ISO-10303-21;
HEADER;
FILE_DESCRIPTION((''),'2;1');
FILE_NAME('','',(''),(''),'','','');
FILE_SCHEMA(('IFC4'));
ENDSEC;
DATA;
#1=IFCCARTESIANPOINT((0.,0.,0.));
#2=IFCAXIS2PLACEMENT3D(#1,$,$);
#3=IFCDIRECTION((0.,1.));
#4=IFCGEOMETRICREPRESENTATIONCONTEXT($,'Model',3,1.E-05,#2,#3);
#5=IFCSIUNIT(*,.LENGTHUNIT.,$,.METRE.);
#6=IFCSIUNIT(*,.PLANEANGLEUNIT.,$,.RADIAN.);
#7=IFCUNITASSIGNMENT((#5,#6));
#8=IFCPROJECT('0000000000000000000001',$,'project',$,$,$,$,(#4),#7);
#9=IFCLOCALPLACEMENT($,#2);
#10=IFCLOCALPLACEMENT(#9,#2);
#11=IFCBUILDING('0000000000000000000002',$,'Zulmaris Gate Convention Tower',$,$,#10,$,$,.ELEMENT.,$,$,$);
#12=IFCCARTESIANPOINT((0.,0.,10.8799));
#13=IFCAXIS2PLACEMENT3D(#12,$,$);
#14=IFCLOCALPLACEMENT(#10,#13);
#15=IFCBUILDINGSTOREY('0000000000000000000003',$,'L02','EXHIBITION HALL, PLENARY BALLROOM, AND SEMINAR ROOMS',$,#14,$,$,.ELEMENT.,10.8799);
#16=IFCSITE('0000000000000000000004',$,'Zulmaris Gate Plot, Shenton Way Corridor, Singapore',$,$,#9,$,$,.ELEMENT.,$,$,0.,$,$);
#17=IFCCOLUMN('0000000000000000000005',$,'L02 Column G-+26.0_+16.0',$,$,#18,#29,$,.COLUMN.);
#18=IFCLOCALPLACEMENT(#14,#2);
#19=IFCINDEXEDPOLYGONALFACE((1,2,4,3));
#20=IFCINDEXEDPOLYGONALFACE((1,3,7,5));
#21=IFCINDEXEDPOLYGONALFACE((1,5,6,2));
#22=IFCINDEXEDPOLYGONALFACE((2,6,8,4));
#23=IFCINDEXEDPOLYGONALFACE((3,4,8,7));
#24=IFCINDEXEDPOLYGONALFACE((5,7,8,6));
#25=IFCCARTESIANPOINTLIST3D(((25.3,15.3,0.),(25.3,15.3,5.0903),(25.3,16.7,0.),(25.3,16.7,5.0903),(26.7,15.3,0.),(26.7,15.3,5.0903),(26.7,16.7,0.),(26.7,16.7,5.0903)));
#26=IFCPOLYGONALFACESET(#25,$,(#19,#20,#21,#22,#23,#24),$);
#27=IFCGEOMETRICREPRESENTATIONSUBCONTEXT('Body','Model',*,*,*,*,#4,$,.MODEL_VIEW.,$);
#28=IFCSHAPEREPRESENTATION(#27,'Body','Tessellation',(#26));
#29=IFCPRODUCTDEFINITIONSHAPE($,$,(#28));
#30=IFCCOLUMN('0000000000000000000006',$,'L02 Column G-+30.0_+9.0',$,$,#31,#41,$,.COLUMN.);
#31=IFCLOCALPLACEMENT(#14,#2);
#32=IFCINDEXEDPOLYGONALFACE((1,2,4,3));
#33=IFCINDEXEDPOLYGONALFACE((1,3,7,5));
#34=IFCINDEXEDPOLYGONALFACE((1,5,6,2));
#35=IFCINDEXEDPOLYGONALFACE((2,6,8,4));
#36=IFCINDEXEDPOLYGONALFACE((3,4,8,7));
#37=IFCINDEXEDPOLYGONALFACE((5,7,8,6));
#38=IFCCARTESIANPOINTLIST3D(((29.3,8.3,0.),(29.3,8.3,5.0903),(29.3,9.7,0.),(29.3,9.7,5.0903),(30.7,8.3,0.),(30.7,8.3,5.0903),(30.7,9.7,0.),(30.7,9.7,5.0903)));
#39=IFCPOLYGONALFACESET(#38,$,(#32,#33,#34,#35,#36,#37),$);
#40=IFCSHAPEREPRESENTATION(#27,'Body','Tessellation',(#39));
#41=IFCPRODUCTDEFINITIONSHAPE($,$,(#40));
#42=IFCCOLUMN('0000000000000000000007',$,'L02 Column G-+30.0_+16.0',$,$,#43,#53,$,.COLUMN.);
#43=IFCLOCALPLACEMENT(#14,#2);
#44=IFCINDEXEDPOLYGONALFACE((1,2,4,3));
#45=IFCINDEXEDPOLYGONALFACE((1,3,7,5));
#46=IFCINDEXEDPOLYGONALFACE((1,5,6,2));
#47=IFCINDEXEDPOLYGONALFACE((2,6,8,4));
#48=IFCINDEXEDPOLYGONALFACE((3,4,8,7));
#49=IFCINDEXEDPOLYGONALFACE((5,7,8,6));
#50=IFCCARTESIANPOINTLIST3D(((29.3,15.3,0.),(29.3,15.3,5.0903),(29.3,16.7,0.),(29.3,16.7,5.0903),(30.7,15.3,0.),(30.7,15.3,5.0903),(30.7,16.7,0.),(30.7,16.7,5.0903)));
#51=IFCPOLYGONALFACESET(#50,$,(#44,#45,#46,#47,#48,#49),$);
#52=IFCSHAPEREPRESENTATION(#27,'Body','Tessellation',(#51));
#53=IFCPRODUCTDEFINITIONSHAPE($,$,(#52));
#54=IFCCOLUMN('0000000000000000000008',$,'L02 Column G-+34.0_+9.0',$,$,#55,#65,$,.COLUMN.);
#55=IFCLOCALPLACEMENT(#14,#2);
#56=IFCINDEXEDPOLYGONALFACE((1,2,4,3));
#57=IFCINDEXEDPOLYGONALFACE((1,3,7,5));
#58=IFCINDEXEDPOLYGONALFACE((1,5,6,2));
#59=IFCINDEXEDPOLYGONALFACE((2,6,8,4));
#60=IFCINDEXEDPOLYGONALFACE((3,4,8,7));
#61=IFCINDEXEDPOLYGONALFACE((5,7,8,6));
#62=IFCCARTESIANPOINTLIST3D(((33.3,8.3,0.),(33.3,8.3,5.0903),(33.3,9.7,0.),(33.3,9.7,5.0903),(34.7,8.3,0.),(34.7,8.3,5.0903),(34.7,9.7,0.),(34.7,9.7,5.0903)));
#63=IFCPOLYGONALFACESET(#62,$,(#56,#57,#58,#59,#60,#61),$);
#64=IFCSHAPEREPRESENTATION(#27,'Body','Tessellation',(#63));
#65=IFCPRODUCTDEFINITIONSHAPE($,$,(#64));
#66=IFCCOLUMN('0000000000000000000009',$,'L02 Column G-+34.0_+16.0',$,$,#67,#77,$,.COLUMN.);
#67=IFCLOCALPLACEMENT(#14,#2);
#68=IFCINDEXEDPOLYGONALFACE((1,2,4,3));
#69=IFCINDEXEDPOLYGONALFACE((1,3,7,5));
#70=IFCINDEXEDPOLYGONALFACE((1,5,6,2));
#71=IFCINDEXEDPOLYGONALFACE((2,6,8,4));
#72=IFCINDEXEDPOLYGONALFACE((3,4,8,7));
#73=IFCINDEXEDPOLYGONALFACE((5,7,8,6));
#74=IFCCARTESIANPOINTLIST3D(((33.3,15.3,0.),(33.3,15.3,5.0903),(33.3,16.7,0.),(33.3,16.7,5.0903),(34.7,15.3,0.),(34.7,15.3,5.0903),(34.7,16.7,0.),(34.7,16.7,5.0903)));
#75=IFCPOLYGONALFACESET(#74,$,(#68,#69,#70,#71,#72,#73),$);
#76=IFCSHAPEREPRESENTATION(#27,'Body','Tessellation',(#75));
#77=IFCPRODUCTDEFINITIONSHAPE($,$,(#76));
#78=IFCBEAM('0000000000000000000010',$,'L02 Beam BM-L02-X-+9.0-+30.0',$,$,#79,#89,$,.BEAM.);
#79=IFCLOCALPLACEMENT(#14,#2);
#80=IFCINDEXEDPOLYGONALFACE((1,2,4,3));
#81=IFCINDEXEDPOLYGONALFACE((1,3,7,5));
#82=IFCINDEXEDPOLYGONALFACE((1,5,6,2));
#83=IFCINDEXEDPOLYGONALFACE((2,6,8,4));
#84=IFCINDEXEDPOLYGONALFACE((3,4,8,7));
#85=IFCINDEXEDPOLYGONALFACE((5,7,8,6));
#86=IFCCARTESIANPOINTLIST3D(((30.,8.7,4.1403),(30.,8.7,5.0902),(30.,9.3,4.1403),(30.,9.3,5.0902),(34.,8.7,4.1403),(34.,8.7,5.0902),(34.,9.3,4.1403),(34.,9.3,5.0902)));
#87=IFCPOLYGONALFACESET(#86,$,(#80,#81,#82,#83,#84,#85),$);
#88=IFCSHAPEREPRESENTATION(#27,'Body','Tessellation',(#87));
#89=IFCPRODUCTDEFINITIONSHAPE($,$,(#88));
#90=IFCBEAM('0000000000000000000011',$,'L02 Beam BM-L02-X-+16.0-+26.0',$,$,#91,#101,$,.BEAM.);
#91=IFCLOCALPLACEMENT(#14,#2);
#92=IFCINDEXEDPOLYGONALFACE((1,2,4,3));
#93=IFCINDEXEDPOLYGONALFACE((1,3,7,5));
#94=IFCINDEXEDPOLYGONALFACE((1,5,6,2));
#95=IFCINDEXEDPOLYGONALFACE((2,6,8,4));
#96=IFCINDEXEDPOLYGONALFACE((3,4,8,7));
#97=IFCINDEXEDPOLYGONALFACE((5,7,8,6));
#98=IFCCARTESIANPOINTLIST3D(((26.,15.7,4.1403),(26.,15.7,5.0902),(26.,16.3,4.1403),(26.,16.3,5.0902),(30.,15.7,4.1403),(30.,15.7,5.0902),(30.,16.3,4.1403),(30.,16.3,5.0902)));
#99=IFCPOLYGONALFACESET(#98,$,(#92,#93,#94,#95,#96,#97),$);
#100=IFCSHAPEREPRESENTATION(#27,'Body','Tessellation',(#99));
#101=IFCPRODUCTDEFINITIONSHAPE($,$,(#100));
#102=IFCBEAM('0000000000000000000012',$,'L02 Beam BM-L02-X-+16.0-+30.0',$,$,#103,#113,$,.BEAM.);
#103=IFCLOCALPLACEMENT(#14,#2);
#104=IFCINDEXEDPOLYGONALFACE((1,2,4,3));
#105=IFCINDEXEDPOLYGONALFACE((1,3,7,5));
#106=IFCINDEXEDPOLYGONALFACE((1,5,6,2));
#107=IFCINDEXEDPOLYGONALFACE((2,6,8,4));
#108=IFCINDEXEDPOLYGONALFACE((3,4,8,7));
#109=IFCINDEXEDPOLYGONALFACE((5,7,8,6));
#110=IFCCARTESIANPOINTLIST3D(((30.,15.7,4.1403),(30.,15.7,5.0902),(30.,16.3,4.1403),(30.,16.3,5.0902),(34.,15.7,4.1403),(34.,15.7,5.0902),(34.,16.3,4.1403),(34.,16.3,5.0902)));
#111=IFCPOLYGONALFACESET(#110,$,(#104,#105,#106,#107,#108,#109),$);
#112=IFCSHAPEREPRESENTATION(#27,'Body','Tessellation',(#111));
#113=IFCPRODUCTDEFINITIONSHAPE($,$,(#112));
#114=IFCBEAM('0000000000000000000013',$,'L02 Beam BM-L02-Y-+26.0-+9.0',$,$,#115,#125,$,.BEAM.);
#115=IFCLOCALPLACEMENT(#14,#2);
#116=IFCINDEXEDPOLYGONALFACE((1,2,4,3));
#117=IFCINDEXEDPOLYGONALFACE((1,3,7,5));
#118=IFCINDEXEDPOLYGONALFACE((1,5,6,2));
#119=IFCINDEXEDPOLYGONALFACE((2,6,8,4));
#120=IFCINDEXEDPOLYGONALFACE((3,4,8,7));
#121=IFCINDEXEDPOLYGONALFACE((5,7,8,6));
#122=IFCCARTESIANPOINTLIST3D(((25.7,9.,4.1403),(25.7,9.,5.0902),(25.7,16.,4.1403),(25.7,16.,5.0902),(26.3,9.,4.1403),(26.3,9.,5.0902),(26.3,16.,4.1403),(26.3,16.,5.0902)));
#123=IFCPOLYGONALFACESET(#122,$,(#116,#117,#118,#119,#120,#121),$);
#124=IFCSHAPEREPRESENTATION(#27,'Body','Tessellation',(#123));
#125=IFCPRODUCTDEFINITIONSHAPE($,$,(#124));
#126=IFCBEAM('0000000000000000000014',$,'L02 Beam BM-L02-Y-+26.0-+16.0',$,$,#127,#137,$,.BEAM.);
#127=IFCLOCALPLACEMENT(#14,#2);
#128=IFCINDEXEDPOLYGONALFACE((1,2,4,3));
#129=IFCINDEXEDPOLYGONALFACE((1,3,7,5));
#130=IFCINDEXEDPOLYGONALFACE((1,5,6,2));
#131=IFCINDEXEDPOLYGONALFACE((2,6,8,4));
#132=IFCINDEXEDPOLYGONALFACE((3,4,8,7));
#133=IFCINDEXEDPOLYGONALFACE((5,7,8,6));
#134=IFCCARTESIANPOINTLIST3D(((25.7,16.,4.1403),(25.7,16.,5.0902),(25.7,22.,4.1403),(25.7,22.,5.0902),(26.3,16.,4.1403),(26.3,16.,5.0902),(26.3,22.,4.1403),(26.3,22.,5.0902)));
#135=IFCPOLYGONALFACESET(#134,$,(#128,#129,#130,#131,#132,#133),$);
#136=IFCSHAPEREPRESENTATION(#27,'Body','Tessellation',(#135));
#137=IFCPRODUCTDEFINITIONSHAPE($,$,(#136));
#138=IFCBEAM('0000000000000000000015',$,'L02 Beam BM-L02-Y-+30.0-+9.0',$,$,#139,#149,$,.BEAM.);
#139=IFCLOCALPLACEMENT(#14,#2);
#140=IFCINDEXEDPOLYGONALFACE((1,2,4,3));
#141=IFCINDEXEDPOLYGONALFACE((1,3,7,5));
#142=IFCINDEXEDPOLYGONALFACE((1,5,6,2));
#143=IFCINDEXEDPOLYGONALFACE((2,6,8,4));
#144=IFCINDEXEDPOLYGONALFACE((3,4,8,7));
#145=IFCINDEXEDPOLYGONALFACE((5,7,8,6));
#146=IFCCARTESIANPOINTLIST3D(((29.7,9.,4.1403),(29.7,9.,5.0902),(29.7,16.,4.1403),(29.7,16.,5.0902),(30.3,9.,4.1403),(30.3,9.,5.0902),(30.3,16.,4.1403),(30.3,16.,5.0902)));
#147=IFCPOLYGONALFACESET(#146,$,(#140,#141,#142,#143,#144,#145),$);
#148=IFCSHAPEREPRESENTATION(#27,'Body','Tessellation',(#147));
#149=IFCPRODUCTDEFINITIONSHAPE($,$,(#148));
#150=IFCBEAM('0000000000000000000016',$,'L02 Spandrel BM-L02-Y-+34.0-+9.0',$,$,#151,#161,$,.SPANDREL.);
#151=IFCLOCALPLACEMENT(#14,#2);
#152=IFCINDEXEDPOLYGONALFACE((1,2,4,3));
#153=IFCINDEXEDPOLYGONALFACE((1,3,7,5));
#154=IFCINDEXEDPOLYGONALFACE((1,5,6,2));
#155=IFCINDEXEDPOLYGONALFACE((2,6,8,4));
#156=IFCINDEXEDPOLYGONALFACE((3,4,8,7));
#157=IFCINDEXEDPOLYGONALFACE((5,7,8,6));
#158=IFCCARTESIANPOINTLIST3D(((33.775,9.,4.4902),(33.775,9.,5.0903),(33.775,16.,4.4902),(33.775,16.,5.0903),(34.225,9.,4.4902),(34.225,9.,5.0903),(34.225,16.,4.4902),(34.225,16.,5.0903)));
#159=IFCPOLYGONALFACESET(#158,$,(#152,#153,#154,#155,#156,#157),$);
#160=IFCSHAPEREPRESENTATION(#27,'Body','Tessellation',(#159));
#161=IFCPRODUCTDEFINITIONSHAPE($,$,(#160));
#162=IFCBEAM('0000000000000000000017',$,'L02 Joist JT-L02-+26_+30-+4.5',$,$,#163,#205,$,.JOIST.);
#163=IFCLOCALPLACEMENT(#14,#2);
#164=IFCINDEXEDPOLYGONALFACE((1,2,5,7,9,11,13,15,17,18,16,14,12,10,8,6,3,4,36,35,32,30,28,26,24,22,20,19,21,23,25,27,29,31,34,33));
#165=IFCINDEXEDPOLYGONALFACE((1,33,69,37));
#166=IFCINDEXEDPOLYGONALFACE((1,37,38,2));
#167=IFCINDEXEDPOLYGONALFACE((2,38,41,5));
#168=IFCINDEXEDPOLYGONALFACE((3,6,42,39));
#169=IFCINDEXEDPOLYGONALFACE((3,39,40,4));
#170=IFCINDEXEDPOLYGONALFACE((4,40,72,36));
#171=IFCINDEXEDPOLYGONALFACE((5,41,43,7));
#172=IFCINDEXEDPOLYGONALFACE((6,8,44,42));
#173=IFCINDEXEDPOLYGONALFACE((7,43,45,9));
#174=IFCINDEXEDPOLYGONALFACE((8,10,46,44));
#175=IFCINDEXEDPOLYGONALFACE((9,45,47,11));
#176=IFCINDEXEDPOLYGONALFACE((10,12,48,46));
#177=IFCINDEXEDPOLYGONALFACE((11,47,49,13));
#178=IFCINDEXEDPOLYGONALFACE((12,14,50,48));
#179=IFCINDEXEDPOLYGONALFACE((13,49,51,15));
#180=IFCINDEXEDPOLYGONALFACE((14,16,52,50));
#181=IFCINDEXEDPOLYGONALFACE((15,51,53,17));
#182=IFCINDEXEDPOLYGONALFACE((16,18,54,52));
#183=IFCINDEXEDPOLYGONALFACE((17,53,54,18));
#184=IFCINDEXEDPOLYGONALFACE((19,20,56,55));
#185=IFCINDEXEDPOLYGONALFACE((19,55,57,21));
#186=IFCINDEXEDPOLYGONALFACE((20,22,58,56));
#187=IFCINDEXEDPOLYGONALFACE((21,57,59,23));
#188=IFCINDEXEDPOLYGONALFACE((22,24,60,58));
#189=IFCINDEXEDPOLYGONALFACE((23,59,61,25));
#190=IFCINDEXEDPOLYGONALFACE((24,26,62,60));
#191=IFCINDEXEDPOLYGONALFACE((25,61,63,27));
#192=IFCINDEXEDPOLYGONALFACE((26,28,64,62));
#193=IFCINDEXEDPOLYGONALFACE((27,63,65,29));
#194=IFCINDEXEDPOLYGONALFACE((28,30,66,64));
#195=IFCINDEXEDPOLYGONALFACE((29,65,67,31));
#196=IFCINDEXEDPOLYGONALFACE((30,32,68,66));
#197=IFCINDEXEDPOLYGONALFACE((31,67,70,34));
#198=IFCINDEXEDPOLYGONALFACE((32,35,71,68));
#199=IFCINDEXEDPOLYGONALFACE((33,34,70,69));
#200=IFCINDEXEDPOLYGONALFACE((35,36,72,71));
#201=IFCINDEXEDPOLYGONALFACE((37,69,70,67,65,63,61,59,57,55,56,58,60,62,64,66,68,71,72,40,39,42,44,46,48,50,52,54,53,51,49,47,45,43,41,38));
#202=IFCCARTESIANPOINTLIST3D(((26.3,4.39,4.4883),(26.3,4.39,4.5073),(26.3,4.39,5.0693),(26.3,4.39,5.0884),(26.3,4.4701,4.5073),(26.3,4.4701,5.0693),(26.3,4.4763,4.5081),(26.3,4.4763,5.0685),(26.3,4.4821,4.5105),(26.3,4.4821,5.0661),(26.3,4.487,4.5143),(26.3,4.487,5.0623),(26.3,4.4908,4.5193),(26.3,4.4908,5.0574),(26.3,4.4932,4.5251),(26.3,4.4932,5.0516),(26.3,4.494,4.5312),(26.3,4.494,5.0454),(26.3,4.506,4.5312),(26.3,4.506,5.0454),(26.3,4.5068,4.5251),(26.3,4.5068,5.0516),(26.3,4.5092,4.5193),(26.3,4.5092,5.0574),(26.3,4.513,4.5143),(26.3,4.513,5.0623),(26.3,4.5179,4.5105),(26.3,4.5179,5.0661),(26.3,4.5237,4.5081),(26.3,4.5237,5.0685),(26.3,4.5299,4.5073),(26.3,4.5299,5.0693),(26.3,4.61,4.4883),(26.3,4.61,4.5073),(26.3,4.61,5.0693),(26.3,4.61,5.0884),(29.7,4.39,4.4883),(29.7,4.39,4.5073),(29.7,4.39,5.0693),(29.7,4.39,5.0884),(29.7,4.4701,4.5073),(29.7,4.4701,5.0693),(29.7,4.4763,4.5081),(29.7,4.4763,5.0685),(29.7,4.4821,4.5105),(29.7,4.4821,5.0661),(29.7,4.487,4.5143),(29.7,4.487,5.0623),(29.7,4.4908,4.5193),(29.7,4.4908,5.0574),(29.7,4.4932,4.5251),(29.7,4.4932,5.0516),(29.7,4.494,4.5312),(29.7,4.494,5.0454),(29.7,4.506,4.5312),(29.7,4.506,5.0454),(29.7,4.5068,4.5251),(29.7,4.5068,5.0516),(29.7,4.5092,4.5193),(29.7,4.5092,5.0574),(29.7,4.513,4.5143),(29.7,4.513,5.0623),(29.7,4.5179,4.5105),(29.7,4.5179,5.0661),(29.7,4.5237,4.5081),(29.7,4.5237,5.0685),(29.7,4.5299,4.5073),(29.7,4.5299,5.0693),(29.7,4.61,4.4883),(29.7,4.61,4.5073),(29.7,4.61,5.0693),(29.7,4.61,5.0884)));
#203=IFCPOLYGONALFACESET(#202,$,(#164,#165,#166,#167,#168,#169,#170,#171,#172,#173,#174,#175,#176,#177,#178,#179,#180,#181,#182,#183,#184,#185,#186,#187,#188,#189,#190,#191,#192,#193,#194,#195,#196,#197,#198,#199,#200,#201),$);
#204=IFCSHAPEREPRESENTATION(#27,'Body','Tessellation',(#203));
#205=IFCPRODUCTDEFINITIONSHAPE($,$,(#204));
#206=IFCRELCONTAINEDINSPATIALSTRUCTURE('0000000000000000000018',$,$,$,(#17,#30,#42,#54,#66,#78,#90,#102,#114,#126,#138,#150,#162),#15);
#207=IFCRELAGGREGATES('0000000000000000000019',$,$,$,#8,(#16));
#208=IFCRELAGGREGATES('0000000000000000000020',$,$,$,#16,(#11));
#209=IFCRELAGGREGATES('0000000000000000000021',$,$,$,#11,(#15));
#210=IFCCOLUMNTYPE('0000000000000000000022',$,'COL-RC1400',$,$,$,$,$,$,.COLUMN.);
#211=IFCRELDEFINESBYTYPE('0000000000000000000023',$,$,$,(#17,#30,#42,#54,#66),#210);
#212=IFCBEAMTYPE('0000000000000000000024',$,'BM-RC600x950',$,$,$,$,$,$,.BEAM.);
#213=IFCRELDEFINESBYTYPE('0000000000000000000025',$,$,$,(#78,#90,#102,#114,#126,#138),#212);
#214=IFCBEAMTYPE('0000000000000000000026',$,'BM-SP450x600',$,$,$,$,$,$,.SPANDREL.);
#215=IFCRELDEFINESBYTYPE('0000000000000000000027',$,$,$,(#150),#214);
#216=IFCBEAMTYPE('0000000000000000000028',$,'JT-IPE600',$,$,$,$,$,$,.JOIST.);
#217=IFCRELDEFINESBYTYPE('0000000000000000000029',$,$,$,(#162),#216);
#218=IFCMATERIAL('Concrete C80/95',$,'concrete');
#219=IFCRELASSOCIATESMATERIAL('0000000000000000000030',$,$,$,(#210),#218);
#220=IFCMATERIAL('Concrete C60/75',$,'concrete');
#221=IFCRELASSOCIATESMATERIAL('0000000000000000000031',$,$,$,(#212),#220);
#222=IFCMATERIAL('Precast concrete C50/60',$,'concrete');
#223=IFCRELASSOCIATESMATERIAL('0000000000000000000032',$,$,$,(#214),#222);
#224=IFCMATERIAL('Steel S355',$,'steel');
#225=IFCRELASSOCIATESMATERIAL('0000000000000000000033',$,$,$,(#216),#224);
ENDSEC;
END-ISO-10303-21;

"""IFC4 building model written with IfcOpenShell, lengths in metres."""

from ifc_helpers import new_model, si_unit, direction, frame, origin, origin_2d, place, context, subcontext, project, spatial, rectangle, i_section, extrude, material, material_profile, profile_set, type_object, element, save


model = new_model("IFC4")

# Units and contexts
model_context = context("Model", 3, precision=1e-05, world=origin(), true_north=direction((0.0, 1.0)))
body_context = subcontext(model_context, "Body", "Model", "MODEL_VIEW")
ifc_project = project(units=[si_unit("LENGTHUNIT", "METRE"), si_unit("PLANEANGLEUNIT", "RADIAN")], contexts=[model_context])

# Site, building, storey
site_placement = place(None, origin())
site = spatial("IfcSite", under=ifc_project, at=site_placement, Name="Zulmaris Gate Plot, Shenton Way Corridor, Singapore", CompositionType="ELEMENT", RefElevation=0.0)
building_placement = place(site_placement, origin())
building = spatial("IfcBuilding", under=site, at=building_placement, Name="Zulmaris Gate Convention Tower", CompositionType="ELEMENT")
storey_placement = place(building_placement, frame((0.0, 0.0, 10.8799)))
storey = spatial("IfcBuildingStorey", under=building, at=storey_placement, Name="L02", Description="EXHIBITION HALL, PLENARY BALLROOM, AND SEMINAR ROOMS", CompositionType="ELEMENT", Elevation=10.8799)

# Columns
ifc_material_1 = material(Name="Concrete C80/95", Category="concrete")
ifc_material_profile_1 = material_profile(ifc_material_1, rectangle(XDim=1.3999, YDim=1.3999, at=origin_2d()), Name="RC COL 1400x1400")
ifc_profile_set_1 = profile_set([ifc_material_profile_1], Name="Concrete C80/95")
column_type = type_object("IfcColumnType", Name="COL-RC1400", PredefinedType="COLUMN", material=ifc_profile_set_1)
for number, where, z_axis, x_axis, name in (
    (1, (26.0, 16.0, 0.0), (0.0, 0.0, 1.0), (1.0, 0.0, 0.0), "L02 Column G-+26.0_+16.0"),
    (2, (30.0, 9.0, 0.0), (0.0, 0.0, 1.0), (1.0, 0.0, 0.0), "L02 Column G-+30.0_+9.0"),
    (3, (30.0, 16.0, 0.0), (0.0, 0.0, 1.0), (1.0, 0.0, 0.0), "L02 Column G-+30.0_+16.0"),
    (4, (34.0, 9.0, 0.0), (0.0, 0.0, 1.0), (1.0, 0.0, 0.0), "L02 Column G-+34.0_+9.0"),
    (5, (34.0, 16.0, 0.0), (0.0, 0.0, 1.0), (1.0, 0.0, 0.0), "L02 Column G-+34.0_+16.0"),
):
    element("IfcColumn", number, at=place(storey_placement, frame(where, z_axis=z_axis, x_axis=x_axis)), inside=storey, type_object=column_type, Name=name, PredefinedType="COLUMN", context=body_context, shape_type="SweptSolid", body=[
        extrude(rectangle(XDim=1.3999, YDim=1.3999, at=origin_2d()), origin(), (0.0, 0.0, 1.0), 5.0903),
    ])

# Beams
ifc_material_2 = material(Name="Concrete C60/75", Category="concrete")
ifc_material_profile_2 = material_profile(ifc_material_2, rectangle(XDim=0.6001, YDim=0.95, at=origin_2d()), Name="RC BEAM 600x950")
ifc_profile_set_2 = profile_set([ifc_material_profile_2], Name="Concrete C60/75")
beam_type_1 = type_object("IfcBeamType", Name="BM-RC600x950", PredefinedType="BEAM", material=ifc_profile_set_2)
for number, where, z_axis, x_axis, name in (
    (6, (30.0, 9.0, 4.6152), (1.0, 0.0, 0.0), (0.0, 1.0, 0.0), "L02 Beam BM-L02-X-+9.0-+30.0"),
    (7, (26.0, 16.0, 4.6152), (1.0, 0.0, 0.0), (0.0, 1.0, 0.0), "L02 Beam BM-L02-X-+16.0-+26.0"),
    (8, (30.0, 16.0, 4.6152), (1.0, 0.0, 0.0), (0.0, 1.0, 0.0), "L02 Beam BM-L02-X-+16.0-+30.0"),
):
    element("IfcBeam", number, at=place(storey_placement, frame(where, z_axis=z_axis, x_axis=x_axis)), inside=storey, type_object=beam_type_1, Name=name, PredefinedType="BEAM", context=body_context, shape_type="SweptSolid", body=[
        extrude(rectangle(XDim=0.6001, YDim=0.95, at=origin_2d()), origin(), (0.0, 0.0, 1.0), 4.0),
    ])
beam_1_placement = place(storey_placement, frame((26.0, 9.0, 4.6152), z_axis=(0.0, 1.0, 0.0), x_axis=(-1.0, 0.0, 0.0)))
element("IfcBeam", 9, at=beam_1_placement, inside=storey, type_object=beam_type_1, Name="L02 Beam BM-L02-Y-+26.0-+9.0", PredefinedType="BEAM", context=body_context, shape_type="SweptSolid", body=[
    extrude(rectangle(XDim=0.6001, YDim=0.95, at=origin_2d()), origin(), (0.0, 0.0, 1.0), 7.0),
])
beam_2_placement = place(storey_placement, frame((26.0, 16.0, 4.6152), z_axis=(0.0, 1.0, 0.0), x_axis=(-1.0, 0.0, 0.0)))
element("IfcBeam", 10, at=beam_2_placement, inside=storey, type_object=beam_type_1, Name="L02 Beam BM-L02-Y-+26.0-+16.0", PredefinedType="BEAM", context=body_context, shape_type="SweptSolid", body=[
    extrude(rectangle(XDim=0.6001, YDim=0.95, at=origin_2d()), origin(), (0.0, 0.0, 1.0), 6.0),
])
beam_3_placement = place(storey_placement, frame((30.0, 9.0, 4.6152), z_axis=(0.0, 1.0, 0.0), x_axis=(-1.0, 0.0, 0.0)))
element("IfcBeam", 11, at=beam_3_placement, inside=storey, type_object=beam_type_1, Name="L02 Beam BM-L02-Y-+30.0-+9.0", PredefinedType="BEAM", context=body_context, shape_type="SweptSolid", body=[
    extrude(rectangle(XDim=0.6001, YDim=0.95, at=origin_2d()), origin(), (0.0, 0.0, 1.0), 7.0),
])
ifc_material_3 = material(Name="Precast concrete C50/60", Category="concrete")
ifc_material_profile_3 = material_profile(ifc_material_3, rectangle(XDim=0.45, YDim=0.6001, at=origin_2d()), Name="RC SPANDREL 450x600")
ifc_profile_set_3 = profile_set([ifc_material_profile_3], Name="Precast concrete C50/60")
beam_type_2 = type_object("IfcBeamType", Name="BM-SP450x600", PredefinedType="SPANDREL", material=ifc_profile_set_3)
beam_4_placement = place(storey_placement, frame((34.0, 9.0, 4.7903), z_axis=(0.0, 1.0, 0.0), x_axis=(-1.0, 0.0, 0.0)))
element("IfcBeam", 12, at=beam_4_placement, inside=storey, type_object=beam_type_2, Name="L02 Spandrel BM-L02-Y-+34.0-+9.0", PredefinedType="SPANDREL", context=body_context, shape_type="SweptSolid", body=[
    extrude(rectangle(XDim=0.45, YDim=0.6001, at=origin_2d()), origin(), (0.0, 0.0, 1.0), 7.0),
])
ifc_material_4 = material(Name="Steel S355", Category="steel")
ifc_material_profile_4 = material_profile(ifc_material_4, i_section(OverallWidth=0.22, OverallDepth=0.6001, WebThickness=0.012, FlangeThickness=0.019, FilletRadius=0.0239, at=origin_2d()), Name="IPE 600")
ifc_profile_set_4 = profile_set([ifc_material_profile_4], Name="Steel S355")
beam_type_3 = type_object("IfcBeamType", Name="JT-IPE600", PredefinedType="JOIST", material=ifc_profile_set_4)
for number, where, z_axis, x_axis, name in (
    (13, (26.3, 4.5, 4.7883), (1.0, 0.0, 0.0), (0.0, 1.0, 0.0), "L02 Joist JT-L02-+26_+30-+4.5"),
):
    element("IfcBeam", number, at=place(storey_placement, frame(where, z_axis=z_axis, x_axis=x_axis)), inside=storey, type_object=beam_type_3, Name=name, PredefinedType="JOIST", context=body_context, shape_type="SweptSolid", body=[
        extrude(i_section(OverallWidth=0.22, OverallDepth=0.6001, WebThickness=0.012, FlangeThickness=0.019, FilletRadius=0.0239, at=origin_2d()), origin(), (0.0, 0.0, 1.0), 3.3999),
    ])

save(model, "model.ifc")
